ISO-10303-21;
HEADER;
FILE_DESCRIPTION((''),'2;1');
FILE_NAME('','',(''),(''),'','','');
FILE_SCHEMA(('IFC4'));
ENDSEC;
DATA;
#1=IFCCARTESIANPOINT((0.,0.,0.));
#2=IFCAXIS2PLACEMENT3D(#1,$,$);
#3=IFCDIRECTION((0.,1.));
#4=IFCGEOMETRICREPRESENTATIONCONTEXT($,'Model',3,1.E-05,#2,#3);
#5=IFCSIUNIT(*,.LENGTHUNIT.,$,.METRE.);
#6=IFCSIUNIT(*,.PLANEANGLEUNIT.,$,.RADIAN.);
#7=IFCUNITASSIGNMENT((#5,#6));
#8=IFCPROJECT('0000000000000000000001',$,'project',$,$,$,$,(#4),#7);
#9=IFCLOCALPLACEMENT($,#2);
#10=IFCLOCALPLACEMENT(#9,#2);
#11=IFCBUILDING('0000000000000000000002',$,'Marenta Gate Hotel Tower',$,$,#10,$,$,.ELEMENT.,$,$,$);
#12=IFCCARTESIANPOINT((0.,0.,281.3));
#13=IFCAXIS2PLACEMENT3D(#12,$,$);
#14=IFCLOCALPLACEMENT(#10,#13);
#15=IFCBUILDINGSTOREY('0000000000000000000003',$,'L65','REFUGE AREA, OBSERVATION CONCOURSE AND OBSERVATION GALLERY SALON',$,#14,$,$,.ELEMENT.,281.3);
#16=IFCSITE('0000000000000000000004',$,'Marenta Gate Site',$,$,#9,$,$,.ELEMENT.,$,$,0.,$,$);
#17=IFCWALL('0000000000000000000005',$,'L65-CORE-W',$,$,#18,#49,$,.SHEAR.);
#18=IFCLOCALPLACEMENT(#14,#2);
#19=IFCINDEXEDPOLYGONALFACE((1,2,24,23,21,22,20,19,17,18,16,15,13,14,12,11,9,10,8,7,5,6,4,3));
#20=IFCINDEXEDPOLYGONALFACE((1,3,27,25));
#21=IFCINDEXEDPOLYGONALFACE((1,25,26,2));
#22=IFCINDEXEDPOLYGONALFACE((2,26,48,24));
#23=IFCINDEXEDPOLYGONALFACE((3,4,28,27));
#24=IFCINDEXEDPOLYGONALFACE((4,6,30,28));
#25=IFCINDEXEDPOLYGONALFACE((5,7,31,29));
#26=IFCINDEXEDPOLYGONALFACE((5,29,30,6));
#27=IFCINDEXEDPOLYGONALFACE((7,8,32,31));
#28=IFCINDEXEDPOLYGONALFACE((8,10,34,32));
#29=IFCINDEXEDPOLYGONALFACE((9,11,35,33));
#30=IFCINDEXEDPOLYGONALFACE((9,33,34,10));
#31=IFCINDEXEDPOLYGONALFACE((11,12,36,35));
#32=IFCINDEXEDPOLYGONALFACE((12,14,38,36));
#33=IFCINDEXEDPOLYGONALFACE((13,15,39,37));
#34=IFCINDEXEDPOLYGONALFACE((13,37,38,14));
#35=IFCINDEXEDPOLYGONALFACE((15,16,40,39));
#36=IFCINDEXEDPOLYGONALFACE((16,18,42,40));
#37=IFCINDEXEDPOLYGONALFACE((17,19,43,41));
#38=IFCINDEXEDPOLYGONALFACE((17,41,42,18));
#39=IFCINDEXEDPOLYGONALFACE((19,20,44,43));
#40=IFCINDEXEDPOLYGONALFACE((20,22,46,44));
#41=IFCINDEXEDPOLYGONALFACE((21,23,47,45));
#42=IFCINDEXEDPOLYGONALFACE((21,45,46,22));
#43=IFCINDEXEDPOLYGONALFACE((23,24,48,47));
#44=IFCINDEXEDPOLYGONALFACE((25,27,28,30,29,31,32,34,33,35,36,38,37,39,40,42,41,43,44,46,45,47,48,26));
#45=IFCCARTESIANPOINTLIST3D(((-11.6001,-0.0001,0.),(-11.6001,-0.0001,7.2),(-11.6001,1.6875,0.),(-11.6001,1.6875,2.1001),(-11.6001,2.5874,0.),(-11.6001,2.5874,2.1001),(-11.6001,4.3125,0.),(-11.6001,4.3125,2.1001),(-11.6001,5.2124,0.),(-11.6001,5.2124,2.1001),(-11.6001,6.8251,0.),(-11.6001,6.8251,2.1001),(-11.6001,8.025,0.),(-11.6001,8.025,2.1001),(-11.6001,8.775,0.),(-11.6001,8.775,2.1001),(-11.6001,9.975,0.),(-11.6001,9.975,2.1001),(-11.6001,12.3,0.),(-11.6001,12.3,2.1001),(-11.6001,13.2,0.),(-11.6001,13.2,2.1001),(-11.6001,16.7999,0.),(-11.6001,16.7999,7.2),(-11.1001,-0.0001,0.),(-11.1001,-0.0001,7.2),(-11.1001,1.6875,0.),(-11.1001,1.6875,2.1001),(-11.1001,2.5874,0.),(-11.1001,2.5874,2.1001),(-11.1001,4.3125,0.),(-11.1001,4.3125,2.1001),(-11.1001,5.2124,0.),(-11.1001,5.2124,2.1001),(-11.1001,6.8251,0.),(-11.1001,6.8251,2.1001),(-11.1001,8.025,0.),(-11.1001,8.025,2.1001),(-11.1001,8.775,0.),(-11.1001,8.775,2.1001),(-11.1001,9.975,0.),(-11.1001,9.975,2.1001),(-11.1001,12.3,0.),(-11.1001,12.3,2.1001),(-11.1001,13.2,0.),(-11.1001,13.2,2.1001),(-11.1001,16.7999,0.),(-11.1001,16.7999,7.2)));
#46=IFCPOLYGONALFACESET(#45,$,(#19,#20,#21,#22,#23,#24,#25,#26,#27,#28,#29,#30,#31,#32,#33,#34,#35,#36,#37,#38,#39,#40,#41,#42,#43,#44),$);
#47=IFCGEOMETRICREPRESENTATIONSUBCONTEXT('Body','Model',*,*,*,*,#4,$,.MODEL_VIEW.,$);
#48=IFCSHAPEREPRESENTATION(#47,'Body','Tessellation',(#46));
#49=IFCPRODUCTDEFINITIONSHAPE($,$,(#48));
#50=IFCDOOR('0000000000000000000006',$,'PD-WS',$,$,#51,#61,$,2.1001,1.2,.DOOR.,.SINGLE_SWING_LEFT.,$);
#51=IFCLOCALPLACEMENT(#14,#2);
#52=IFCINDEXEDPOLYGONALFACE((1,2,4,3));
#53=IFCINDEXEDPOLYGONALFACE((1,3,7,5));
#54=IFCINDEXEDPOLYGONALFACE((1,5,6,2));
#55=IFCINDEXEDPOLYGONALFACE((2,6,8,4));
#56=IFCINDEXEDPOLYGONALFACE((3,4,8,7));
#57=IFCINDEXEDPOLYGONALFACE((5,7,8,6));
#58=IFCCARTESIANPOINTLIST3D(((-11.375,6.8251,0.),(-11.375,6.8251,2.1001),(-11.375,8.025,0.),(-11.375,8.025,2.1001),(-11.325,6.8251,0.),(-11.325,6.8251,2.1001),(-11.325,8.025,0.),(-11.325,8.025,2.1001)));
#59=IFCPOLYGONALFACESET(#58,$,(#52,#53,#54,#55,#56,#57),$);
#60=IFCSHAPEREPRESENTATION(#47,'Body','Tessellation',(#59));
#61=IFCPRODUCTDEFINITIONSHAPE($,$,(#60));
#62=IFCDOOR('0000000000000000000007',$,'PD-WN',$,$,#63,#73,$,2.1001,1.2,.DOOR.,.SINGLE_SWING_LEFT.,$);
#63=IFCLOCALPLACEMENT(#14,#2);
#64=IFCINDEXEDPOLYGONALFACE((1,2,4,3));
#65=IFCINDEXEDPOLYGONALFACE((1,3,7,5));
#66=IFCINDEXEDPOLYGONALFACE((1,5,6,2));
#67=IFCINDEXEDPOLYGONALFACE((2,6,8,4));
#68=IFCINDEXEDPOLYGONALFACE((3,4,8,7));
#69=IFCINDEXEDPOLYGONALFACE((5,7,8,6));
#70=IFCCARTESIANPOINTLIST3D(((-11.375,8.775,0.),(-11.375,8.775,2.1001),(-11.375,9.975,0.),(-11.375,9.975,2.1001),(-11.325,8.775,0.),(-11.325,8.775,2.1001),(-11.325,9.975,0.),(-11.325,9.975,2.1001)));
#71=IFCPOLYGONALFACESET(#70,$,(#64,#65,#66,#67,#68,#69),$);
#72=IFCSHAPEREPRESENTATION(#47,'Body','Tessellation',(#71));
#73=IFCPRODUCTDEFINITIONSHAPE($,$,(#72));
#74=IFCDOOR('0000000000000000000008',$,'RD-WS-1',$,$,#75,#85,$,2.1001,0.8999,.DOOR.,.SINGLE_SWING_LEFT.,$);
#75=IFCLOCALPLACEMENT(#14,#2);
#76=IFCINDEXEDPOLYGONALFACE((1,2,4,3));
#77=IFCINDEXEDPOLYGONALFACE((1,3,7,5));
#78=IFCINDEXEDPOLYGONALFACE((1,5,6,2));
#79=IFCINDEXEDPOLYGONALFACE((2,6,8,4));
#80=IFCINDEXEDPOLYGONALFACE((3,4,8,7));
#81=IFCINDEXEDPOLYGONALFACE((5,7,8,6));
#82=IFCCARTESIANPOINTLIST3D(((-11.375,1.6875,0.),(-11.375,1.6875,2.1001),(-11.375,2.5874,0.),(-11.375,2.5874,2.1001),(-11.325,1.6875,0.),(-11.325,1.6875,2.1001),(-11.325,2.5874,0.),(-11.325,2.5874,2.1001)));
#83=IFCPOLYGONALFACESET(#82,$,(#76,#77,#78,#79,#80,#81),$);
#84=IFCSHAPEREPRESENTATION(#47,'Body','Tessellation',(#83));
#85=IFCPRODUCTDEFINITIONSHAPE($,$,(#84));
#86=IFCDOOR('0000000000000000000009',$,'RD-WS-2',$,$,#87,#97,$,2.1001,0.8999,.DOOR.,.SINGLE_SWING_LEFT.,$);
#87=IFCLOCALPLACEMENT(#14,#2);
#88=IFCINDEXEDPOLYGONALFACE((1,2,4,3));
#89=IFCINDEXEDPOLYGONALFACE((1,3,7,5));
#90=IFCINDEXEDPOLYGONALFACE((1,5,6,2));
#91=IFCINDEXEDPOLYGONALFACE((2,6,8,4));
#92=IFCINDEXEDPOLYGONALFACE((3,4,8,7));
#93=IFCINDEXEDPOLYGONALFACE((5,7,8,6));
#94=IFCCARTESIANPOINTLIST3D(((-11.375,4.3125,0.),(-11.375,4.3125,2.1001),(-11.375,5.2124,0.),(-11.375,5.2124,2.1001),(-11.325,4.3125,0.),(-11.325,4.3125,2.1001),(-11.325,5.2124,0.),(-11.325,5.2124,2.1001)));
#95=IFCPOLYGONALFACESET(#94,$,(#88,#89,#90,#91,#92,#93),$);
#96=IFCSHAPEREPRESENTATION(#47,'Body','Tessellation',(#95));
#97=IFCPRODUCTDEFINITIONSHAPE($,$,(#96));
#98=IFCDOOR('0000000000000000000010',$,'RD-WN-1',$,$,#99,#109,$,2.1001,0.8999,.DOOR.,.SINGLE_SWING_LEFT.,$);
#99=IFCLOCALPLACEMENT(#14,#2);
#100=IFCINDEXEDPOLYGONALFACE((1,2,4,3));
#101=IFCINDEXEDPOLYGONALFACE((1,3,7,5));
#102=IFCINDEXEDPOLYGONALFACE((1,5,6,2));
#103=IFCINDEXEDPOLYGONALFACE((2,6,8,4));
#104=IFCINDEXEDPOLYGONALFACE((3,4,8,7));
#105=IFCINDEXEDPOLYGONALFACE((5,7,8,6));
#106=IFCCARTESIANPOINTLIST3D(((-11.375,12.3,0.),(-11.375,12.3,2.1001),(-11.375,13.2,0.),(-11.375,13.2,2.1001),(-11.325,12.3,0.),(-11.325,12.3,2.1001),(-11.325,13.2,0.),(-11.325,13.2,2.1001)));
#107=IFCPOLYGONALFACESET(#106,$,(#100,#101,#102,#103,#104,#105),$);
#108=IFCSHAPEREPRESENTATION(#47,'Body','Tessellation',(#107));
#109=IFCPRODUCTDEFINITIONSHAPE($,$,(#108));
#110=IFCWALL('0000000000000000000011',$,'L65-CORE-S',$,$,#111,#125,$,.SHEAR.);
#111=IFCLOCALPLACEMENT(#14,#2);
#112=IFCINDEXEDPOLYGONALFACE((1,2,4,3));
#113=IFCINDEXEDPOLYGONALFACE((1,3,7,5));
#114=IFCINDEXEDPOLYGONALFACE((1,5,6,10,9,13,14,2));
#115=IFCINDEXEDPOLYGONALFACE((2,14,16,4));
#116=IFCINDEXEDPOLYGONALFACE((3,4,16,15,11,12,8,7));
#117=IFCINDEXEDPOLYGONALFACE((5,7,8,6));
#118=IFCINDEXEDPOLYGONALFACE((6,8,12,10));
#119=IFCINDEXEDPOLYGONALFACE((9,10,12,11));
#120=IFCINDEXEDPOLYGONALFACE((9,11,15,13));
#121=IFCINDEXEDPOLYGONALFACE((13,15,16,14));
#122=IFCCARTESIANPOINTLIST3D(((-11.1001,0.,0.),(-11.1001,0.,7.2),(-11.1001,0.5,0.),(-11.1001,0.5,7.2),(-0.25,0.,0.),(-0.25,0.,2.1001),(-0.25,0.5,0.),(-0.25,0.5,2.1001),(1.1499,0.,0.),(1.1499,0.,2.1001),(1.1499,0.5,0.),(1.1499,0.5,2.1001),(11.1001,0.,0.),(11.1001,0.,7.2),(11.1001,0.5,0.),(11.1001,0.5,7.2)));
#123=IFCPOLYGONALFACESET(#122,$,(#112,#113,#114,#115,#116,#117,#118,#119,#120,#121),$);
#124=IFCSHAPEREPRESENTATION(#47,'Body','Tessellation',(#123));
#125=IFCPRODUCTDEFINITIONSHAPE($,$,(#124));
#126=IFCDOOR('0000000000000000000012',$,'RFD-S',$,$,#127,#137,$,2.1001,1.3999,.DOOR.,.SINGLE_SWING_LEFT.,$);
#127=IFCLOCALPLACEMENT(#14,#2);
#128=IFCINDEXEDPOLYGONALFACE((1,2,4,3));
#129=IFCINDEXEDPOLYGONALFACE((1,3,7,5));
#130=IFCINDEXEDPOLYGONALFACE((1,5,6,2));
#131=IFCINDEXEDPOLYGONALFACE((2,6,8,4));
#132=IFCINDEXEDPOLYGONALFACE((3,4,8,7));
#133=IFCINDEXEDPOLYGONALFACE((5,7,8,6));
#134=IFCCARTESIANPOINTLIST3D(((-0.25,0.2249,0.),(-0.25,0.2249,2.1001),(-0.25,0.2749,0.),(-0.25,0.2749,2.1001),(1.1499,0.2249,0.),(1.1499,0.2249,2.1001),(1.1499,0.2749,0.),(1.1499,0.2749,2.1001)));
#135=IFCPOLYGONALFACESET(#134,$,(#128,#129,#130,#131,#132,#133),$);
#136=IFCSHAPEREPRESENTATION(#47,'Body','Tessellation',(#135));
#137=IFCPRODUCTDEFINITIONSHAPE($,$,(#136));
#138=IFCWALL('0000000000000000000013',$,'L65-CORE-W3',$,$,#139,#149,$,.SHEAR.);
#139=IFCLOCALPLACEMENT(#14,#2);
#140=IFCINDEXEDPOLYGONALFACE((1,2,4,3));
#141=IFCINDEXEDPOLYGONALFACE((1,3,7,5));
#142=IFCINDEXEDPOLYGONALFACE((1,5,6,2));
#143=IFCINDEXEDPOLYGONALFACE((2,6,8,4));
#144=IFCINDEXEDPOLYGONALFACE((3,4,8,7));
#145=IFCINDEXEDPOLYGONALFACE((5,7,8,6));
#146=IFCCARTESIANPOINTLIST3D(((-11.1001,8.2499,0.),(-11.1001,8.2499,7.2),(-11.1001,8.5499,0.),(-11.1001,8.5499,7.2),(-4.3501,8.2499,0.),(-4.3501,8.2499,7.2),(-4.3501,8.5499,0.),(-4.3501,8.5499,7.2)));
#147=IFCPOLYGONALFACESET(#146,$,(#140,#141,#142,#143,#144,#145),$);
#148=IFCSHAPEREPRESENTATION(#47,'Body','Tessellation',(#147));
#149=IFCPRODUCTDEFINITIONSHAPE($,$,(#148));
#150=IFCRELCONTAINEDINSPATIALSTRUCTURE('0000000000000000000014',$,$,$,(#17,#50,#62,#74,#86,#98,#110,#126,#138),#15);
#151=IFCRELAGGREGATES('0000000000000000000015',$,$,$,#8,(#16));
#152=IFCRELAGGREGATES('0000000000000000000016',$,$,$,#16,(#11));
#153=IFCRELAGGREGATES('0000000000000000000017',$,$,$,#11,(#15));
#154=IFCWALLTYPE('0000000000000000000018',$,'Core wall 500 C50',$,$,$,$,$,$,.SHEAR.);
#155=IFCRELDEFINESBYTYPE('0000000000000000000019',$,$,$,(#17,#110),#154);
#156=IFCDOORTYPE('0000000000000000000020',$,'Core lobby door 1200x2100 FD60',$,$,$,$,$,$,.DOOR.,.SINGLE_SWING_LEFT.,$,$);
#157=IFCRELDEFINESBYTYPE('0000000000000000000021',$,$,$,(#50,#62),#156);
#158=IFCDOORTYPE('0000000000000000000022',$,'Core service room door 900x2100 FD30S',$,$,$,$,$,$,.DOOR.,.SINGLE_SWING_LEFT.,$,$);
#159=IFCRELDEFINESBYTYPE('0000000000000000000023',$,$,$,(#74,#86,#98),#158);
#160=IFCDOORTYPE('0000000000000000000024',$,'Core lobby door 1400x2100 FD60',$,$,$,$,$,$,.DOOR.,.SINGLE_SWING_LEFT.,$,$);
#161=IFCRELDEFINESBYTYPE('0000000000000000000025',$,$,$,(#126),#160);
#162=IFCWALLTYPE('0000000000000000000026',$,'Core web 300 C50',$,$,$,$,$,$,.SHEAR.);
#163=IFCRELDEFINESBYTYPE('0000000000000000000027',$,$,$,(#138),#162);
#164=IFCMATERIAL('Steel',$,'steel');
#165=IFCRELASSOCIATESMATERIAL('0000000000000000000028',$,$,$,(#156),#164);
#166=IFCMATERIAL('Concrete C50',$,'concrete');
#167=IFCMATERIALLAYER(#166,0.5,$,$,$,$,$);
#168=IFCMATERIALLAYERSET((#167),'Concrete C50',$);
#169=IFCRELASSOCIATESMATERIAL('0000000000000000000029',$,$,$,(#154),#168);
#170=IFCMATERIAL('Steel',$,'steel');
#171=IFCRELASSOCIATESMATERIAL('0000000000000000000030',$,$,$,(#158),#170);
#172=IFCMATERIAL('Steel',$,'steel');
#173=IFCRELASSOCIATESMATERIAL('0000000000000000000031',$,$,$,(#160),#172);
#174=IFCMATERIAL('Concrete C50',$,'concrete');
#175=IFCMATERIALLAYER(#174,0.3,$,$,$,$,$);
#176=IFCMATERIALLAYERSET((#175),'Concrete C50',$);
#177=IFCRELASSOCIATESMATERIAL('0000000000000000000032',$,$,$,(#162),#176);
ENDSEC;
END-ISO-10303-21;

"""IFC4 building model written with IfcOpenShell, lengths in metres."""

from ifc_helpers import new_model, si_unit, direction, frame, frame_2d, origin, place, context, subcontext, project, spatial, rectangle, extrude, material, layer, layer_set, type_object, element, fill, save


model = new_model("IFC4")

# Units and contexts
model_context = context("Model", 3, precision=1e-05, world=origin(), true_north=direction((0.0, 1.0)))
body_context = subcontext(model_context, "Body", "Model", "MODEL_VIEW")
ifc_project = project(units=[si_unit("LENGTHUNIT", "METRE"), si_unit("PLANEANGLEUNIT", "RADIAN")], contexts=[model_context])

# Site, building, storey
site_placement = place(None, origin())
site = spatial("IfcSite", under=ifc_project, at=site_placement, Name="Marenta Gate Site", CompositionType="ELEMENT", RefElevation=0.0)
building_placement = place(site_placement, origin())
building = spatial("IfcBuilding", under=site, at=building_placement, Name="Marenta Gate Hotel Tower", CompositionType="ELEMENT")
storey_placement = place(building_placement, frame((0.0, 0.0, 281.3)))
storey = spatial("IfcBuildingStorey", under=building, at=storey_placement, Name="L65", Description="REFUGE AREA, OBSERVATION CONCOURSE AND OBSERVATION GALLERY SALON", CompositionType="ELEMENT", Elevation=281.3)

# Shared definitions
ifc_material_1 = material(Name="Steel", Category="steel")
door_type_1 = type_object("IfcDoorType", Name="Core lobby door 1200x2100 FD60", OperationType="SINGLE_SWING_LEFT", PredefinedType="DOOR", material=ifc_material_1)

# Wall, openings, doors
ifc_material_2 = material(Name="Concrete C50", Category="concrete")
ifc_layer_1 = layer(ifc_material_2, 0.5)
ifc_layer_set_1 = layer_set([ifc_layer_1], Name="Concrete C50")
wall_type_1 = type_object("IfcWallType", Name="Core wall 500 C50", PredefinedType="SHEAR", material=ifc_layer_set_1)
wall_1_placement = place(storey_placement, frame((-11.3501, 0.0, 0.0), z_axis=(0.0, 0.0, 1.0), x_axis=(0.0, 1.0, 0.0)))
wall_1 = element("IfcWall", 1, at=wall_1_placement, inside=storey, type_object=wall_type_1, Name="L65-CORE-W", PredefinedType="SHEAR", context=body_context, shape_type="SweptSolid", body=[
    extrude(rectangle(XDim=16.8, YDim=0.5, at=frame_2d((8.3999, 0.0))), origin(), (0.0, 0.0, 1.0), 7.2),
])
opening_1_placement = place(wall_1_placement, frame((1.6875, 0.0, 0.0)))
opening_1 = element("IfcOpeningElement", 2, at=opening_1_placement, cuts=wall_1, PredefinedType="OPENING", context=body_context, shape_type="SweptSolid", body=[
    extrude(rectangle(XDim=0.8999, YDim=2.1001, at=frame_2d((0.45, 1.05))), frame((0.0, 0.25, 0.0), z_axis=(0.0, -1.0, 0.0), x_axis=(1.0, 0.0, 0.0)), (0.0, 0.0, 1.0), 0.5),
])
opening_2_placement = place(wall_1_placement, frame((4.3125, 0.0, 0.0)))
opening_2 = element("IfcOpeningElement", 3, at=opening_2_placement, cuts=wall_1, PredefinedType="OPENING", context=body_context, shape_type="SweptSolid", body=[
    extrude(rectangle(XDim=0.8999, YDim=2.1001, at=frame_2d((0.45, 1.05))), frame((0.0, 0.25, 0.0), z_axis=(0.0, -1.0, 0.0), x_axis=(1.0, 0.0, 0.0)), (0.0, 0.0, 1.0), 0.5),
])
opening_3_placement = place(wall_1_placement, frame((6.825, 0.0, 0.0)))
opening_3 = element("IfcOpeningElement", 4, at=opening_3_placement, cuts=wall_1, PredefinedType="OPENING", context=body_context, shape_type="SweptSolid", body=[
    extrude(rectangle(XDim=1.2, YDim=2.1001, at=frame_2d((0.6001, 1.05))), frame((0.0, 0.25, 0.0), z_axis=(0.0, -1.0, 0.0), x_axis=(1.0, 0.0, 0.0)), (0.0, 0.0, 1.0), 0.5),
])
opening_4_placement = place(wall_1_placement, frame((12.3, 0.0, 0.0)))
opening_4 = element("IfcOpeningElement", 5, at=opening_4_placement, cuts=wall_1, PredefinedType="OPENING", context=body_context, shape_type="SweptSolid", body=[
    extrude(rectangle(XDim=0.8999, YDim=2.1001, at=frame_2d((0.45, 1.05))), frame((0.0, 0.25, 0.0), z_axis=(0.0, -1.0, 0.0), x_axis=(1.0, 0.0, 0.0)), (0.0, 0.0, 1.0), 0.5),
])
opening_5_placement = place(wall_1_placement, frame((8.7749, 0.0, 0.0)))
opening_5 = element("IfcOpeningElement", 6, at=opening_5_placement, cuts=wall_1, PredefinedType="OPENING", context=body_context, shape_type="SweptSolid", body=[
    extrude(rectangle(XDim=1.2, YDim=2.1001, at=frame_2d((0.6001, 1.05))), frame((0.0, 0.25, 0.0), z_axis=(0.0, -1.0, 0.0), x_axis=(1.0, 0.0, 0.0)), (0.0, 0.0, 1.0), 0.5),
])
door_1_placement = place(opening_3_placement, origin())
door_1 = element("IfcDoor", 7, at=door_1_placement, inside=storey, type_object=door_type_1, Name="PD-WS", OperationType="SINGLE_SWING_LEFT", OverallHeight=2.1001, OverallWidth=1.2, PredefinedType="DOOR", context=body_context, shape_type="SweptSolid", body=[
    extrude(rectangle(XDim=1.2, YDim=2.1001, at=frame_2d((0.6001, 1.05))), frame((0.0, 0.0249, 0.0), z_axis=(0.0, -1.0, 0.0), x_axis=(1.0, 0.0, 0.0)), (0.0, 0.0, 1.0), 0.05),
])
fill(opening_3, door_1)
door_2_placement = place(opening_5_placement, origin())
door_2 = element("IfcDoor", 8, at=door_2_placement, inside=storey, type_object=door_type_1, Name="PD-WN", OperationType="SINGLE_SWING_LEFT", OverallHeight=2.1001, OverallWidth=1.2, PredefinedType="DOOR", context=body_context, shape_type="SweptSolid", body=[
    extrude(rectangle(XDim=1.2, YDim=2.1001, at=frame_2d((0.6001, 1.05))), frame((0.0, 0.0249, 0.0), z_axis=(0.0, -1.0, 0.0), x_axis=(1.0, 0.0, 0.0)), (0.0, 0.0, 1.0), 0.05),
])
fill(opening_5, door_2)
ifc_material_3 = material(Name="Steel", Category="steel")
door_type_2 = type_object("IfcDoorType", Name="Core service room door 900x2100 FD30S", OperationType="SINGLE_SWING_LEFT", PredefinedType="DOOR", material=ifc_material_3)
door_3_placement = place(opening_1_placement, origin())
door_3 = element("IfcDoor", 9, at=door_3_placement, inside=storey, type_object=door_type_2, Name="RD-WS-1", OperationType="SINGLE_SWING_LEFT", OverallHeight=2.1001, OverallWidth=0.8999, PredefinedType="DOOR", context=body_context, shape_type="SweptSolid", body=[
    extrude(rectangle(XDim=0.8999, YDim=2.1001, at=frame_2d((0.45, 1.05))), frame((0.0, 0.0249, 0.0), z_axis=(0.0, -1.0, 0.0), x_axis=(1.0, 0.0, 0.0)), (0.0, 0.0, 1.0), 0.05),
])
fill(opening_1, door_3)
door_4_placement = place(opening_2_placement, origin())
door_4 = element("IfcDoor", 10, at=door_4_placement, inside=storey, type_object=door_type_2, Name="RD-WS-2", OperationType="SINGLE_SWING_LEFT", OverallHeight=2.1001, OverallWidth=0.8999, PredefinedType="DOOR", context=body_context, shape_type="SweptSolid", body=[
    extrude(rectangle(XDim=0.8999, YDim=2.1001, at=frame_2d((0.45, 1.05))), frame((0.0, 0.0249, 0.0), z_axis=(0.0, -1.0, 0.0), x_axis=(1.0, 0.0, 0.0)), (0.0, 0.0, 1.0), 0.05),
])
fill(opening_2, door_4)
door_5_placement = place(opening_4_placement, origin())
door_5 = element("IfcDoor", 11, at=door_5_placement, inside=storey, type_object=door_type_2, Name="RD-WN-1", OperationType="SINGLE_SWING_LEFT", OverallHeight=2.1001, OverallWidth=0.8999, PredefinedType="DOOR", context=body_context, shape_type="SweptSolid", body=[
    extrude(rectangle(XDim=0.8999, YDim=2.1001, at=frame_2d((0.45, 1.05))), frame((0.0, 0.0249, 0.0), z_axis=(0.0, -1.0, 0.0), x_axis=(1.0, 0.0, 0.0)), (0.0, 0.0, 1.0), 0.05),
])
fill(opening_4, door_5)

# Wall, opening, door
wall_2_placement = place(storey_placement, frame((-11.1001, 0.25, 0.0), z_axis=(0.0, 0.0, 1.0), x_axis=(1.0, 0.0, 0.0)))
wall_2 = element("IfcWall", 12, at=wall_2_placement, inside=storey, type_object=wall_type_1, Name="L65-CORE-S", PredefinedType="SHEAR", context=body_context, shape_type="SweptSolid", body=[
    extrude(rectangle(XDim=22.2002, YDim=0.5, at=frame_2d((11.1001, 0.0))), origin(), (0.0, 0.0, 1.0), 7.2),
])
opening_6_placement = place(wall_2_placement, frame((10.8501, 0.0, 0.0)))
opening_6 = element("IfcOpeningElement", 13, at=opening_6_placement, cuts=wall_2, PredefinedType="OPENING", context=body_context, shape_type="SweptSolid", body=[
    extrude(rectangle(XDim=1.3999, YDim=2.1001, at=frame_2d((0.7, 1.05))), frame((0.0, 0.25, 0.0), z_axis=(0.0, -1.0, 0.0), x_axis=(1.0, 0.0, 0.0)), (0.0, 0.0, 1.0), 0.5),
])
ifc_material_4 = material(Name="Steel", Category="steel")
door_type_3 = type_object("IfcDoorType", Name="Core lobby door 1400x2100 FD60", OperationType="SINGLE_SWING_LEFT", PredefinedType="DOOR", material=ifc_material_4)
door_6_placement = place(opening_6_placement, origin())
door_6 = element("IfcDoor", 14, at=door_6_placement, inside=storey, type_object=door_type_3, Name="RFD-S", OperationType="SINGLE_SWING_LEFT", OverallHeight=2.1001, OverallWidth=1.3999, PredefinedType="DOOR", context=body_context, shape_type="SweptSolid", body=[
    extrude(rectangle(XDim=1.3999, YDim=2.1001, at=frame_2d((0.7, 1.05))), frame((0.0, 0.0249, 0.0), z_axis=(0.0, -1.0, 0.0), x_axis=(1.0, 0.0, 0.0)), (0.0, 0.0, 1.0), 0.05),
])
fill(opening_6, door_6)

# Wall
ifc_material_5 = material(Name="Concrete C50", Category="concrete")
ifc_layer_2 = layer(ifc_material_5, 0.3)
ifc_layer_set_2 = layer_set([ifc_layer_2], Name="Concrete C50")
wall_type_2 = type_object("IfcWallType", Name="Core web 300 C50", PredefinedType="SHEAR", material=ifc_layer_set_2)
wall_3_placement = place(storey_placement, frame((-11.1001, 8.3999, 0.0), z_axis=(0.0, 0.0, 1.0), x_axis=(1.0, 0.0, 0.0)))
element("IfcWall", 15, at=wall_3_placement, inside=storey, type_object=wall_type_2, Name="L65-CORE-W3", PredefinedType="SHEAR", context=body_context, shape_type="SweptSolid", body=[
    extrude(rectangle(XDim=6.75, YDim=0.3, at=frame_2d((3.375, 0.0))), origin(), (0.0, 0.0, 1.0), 7.2),
])

save(model, "model.ifc")
